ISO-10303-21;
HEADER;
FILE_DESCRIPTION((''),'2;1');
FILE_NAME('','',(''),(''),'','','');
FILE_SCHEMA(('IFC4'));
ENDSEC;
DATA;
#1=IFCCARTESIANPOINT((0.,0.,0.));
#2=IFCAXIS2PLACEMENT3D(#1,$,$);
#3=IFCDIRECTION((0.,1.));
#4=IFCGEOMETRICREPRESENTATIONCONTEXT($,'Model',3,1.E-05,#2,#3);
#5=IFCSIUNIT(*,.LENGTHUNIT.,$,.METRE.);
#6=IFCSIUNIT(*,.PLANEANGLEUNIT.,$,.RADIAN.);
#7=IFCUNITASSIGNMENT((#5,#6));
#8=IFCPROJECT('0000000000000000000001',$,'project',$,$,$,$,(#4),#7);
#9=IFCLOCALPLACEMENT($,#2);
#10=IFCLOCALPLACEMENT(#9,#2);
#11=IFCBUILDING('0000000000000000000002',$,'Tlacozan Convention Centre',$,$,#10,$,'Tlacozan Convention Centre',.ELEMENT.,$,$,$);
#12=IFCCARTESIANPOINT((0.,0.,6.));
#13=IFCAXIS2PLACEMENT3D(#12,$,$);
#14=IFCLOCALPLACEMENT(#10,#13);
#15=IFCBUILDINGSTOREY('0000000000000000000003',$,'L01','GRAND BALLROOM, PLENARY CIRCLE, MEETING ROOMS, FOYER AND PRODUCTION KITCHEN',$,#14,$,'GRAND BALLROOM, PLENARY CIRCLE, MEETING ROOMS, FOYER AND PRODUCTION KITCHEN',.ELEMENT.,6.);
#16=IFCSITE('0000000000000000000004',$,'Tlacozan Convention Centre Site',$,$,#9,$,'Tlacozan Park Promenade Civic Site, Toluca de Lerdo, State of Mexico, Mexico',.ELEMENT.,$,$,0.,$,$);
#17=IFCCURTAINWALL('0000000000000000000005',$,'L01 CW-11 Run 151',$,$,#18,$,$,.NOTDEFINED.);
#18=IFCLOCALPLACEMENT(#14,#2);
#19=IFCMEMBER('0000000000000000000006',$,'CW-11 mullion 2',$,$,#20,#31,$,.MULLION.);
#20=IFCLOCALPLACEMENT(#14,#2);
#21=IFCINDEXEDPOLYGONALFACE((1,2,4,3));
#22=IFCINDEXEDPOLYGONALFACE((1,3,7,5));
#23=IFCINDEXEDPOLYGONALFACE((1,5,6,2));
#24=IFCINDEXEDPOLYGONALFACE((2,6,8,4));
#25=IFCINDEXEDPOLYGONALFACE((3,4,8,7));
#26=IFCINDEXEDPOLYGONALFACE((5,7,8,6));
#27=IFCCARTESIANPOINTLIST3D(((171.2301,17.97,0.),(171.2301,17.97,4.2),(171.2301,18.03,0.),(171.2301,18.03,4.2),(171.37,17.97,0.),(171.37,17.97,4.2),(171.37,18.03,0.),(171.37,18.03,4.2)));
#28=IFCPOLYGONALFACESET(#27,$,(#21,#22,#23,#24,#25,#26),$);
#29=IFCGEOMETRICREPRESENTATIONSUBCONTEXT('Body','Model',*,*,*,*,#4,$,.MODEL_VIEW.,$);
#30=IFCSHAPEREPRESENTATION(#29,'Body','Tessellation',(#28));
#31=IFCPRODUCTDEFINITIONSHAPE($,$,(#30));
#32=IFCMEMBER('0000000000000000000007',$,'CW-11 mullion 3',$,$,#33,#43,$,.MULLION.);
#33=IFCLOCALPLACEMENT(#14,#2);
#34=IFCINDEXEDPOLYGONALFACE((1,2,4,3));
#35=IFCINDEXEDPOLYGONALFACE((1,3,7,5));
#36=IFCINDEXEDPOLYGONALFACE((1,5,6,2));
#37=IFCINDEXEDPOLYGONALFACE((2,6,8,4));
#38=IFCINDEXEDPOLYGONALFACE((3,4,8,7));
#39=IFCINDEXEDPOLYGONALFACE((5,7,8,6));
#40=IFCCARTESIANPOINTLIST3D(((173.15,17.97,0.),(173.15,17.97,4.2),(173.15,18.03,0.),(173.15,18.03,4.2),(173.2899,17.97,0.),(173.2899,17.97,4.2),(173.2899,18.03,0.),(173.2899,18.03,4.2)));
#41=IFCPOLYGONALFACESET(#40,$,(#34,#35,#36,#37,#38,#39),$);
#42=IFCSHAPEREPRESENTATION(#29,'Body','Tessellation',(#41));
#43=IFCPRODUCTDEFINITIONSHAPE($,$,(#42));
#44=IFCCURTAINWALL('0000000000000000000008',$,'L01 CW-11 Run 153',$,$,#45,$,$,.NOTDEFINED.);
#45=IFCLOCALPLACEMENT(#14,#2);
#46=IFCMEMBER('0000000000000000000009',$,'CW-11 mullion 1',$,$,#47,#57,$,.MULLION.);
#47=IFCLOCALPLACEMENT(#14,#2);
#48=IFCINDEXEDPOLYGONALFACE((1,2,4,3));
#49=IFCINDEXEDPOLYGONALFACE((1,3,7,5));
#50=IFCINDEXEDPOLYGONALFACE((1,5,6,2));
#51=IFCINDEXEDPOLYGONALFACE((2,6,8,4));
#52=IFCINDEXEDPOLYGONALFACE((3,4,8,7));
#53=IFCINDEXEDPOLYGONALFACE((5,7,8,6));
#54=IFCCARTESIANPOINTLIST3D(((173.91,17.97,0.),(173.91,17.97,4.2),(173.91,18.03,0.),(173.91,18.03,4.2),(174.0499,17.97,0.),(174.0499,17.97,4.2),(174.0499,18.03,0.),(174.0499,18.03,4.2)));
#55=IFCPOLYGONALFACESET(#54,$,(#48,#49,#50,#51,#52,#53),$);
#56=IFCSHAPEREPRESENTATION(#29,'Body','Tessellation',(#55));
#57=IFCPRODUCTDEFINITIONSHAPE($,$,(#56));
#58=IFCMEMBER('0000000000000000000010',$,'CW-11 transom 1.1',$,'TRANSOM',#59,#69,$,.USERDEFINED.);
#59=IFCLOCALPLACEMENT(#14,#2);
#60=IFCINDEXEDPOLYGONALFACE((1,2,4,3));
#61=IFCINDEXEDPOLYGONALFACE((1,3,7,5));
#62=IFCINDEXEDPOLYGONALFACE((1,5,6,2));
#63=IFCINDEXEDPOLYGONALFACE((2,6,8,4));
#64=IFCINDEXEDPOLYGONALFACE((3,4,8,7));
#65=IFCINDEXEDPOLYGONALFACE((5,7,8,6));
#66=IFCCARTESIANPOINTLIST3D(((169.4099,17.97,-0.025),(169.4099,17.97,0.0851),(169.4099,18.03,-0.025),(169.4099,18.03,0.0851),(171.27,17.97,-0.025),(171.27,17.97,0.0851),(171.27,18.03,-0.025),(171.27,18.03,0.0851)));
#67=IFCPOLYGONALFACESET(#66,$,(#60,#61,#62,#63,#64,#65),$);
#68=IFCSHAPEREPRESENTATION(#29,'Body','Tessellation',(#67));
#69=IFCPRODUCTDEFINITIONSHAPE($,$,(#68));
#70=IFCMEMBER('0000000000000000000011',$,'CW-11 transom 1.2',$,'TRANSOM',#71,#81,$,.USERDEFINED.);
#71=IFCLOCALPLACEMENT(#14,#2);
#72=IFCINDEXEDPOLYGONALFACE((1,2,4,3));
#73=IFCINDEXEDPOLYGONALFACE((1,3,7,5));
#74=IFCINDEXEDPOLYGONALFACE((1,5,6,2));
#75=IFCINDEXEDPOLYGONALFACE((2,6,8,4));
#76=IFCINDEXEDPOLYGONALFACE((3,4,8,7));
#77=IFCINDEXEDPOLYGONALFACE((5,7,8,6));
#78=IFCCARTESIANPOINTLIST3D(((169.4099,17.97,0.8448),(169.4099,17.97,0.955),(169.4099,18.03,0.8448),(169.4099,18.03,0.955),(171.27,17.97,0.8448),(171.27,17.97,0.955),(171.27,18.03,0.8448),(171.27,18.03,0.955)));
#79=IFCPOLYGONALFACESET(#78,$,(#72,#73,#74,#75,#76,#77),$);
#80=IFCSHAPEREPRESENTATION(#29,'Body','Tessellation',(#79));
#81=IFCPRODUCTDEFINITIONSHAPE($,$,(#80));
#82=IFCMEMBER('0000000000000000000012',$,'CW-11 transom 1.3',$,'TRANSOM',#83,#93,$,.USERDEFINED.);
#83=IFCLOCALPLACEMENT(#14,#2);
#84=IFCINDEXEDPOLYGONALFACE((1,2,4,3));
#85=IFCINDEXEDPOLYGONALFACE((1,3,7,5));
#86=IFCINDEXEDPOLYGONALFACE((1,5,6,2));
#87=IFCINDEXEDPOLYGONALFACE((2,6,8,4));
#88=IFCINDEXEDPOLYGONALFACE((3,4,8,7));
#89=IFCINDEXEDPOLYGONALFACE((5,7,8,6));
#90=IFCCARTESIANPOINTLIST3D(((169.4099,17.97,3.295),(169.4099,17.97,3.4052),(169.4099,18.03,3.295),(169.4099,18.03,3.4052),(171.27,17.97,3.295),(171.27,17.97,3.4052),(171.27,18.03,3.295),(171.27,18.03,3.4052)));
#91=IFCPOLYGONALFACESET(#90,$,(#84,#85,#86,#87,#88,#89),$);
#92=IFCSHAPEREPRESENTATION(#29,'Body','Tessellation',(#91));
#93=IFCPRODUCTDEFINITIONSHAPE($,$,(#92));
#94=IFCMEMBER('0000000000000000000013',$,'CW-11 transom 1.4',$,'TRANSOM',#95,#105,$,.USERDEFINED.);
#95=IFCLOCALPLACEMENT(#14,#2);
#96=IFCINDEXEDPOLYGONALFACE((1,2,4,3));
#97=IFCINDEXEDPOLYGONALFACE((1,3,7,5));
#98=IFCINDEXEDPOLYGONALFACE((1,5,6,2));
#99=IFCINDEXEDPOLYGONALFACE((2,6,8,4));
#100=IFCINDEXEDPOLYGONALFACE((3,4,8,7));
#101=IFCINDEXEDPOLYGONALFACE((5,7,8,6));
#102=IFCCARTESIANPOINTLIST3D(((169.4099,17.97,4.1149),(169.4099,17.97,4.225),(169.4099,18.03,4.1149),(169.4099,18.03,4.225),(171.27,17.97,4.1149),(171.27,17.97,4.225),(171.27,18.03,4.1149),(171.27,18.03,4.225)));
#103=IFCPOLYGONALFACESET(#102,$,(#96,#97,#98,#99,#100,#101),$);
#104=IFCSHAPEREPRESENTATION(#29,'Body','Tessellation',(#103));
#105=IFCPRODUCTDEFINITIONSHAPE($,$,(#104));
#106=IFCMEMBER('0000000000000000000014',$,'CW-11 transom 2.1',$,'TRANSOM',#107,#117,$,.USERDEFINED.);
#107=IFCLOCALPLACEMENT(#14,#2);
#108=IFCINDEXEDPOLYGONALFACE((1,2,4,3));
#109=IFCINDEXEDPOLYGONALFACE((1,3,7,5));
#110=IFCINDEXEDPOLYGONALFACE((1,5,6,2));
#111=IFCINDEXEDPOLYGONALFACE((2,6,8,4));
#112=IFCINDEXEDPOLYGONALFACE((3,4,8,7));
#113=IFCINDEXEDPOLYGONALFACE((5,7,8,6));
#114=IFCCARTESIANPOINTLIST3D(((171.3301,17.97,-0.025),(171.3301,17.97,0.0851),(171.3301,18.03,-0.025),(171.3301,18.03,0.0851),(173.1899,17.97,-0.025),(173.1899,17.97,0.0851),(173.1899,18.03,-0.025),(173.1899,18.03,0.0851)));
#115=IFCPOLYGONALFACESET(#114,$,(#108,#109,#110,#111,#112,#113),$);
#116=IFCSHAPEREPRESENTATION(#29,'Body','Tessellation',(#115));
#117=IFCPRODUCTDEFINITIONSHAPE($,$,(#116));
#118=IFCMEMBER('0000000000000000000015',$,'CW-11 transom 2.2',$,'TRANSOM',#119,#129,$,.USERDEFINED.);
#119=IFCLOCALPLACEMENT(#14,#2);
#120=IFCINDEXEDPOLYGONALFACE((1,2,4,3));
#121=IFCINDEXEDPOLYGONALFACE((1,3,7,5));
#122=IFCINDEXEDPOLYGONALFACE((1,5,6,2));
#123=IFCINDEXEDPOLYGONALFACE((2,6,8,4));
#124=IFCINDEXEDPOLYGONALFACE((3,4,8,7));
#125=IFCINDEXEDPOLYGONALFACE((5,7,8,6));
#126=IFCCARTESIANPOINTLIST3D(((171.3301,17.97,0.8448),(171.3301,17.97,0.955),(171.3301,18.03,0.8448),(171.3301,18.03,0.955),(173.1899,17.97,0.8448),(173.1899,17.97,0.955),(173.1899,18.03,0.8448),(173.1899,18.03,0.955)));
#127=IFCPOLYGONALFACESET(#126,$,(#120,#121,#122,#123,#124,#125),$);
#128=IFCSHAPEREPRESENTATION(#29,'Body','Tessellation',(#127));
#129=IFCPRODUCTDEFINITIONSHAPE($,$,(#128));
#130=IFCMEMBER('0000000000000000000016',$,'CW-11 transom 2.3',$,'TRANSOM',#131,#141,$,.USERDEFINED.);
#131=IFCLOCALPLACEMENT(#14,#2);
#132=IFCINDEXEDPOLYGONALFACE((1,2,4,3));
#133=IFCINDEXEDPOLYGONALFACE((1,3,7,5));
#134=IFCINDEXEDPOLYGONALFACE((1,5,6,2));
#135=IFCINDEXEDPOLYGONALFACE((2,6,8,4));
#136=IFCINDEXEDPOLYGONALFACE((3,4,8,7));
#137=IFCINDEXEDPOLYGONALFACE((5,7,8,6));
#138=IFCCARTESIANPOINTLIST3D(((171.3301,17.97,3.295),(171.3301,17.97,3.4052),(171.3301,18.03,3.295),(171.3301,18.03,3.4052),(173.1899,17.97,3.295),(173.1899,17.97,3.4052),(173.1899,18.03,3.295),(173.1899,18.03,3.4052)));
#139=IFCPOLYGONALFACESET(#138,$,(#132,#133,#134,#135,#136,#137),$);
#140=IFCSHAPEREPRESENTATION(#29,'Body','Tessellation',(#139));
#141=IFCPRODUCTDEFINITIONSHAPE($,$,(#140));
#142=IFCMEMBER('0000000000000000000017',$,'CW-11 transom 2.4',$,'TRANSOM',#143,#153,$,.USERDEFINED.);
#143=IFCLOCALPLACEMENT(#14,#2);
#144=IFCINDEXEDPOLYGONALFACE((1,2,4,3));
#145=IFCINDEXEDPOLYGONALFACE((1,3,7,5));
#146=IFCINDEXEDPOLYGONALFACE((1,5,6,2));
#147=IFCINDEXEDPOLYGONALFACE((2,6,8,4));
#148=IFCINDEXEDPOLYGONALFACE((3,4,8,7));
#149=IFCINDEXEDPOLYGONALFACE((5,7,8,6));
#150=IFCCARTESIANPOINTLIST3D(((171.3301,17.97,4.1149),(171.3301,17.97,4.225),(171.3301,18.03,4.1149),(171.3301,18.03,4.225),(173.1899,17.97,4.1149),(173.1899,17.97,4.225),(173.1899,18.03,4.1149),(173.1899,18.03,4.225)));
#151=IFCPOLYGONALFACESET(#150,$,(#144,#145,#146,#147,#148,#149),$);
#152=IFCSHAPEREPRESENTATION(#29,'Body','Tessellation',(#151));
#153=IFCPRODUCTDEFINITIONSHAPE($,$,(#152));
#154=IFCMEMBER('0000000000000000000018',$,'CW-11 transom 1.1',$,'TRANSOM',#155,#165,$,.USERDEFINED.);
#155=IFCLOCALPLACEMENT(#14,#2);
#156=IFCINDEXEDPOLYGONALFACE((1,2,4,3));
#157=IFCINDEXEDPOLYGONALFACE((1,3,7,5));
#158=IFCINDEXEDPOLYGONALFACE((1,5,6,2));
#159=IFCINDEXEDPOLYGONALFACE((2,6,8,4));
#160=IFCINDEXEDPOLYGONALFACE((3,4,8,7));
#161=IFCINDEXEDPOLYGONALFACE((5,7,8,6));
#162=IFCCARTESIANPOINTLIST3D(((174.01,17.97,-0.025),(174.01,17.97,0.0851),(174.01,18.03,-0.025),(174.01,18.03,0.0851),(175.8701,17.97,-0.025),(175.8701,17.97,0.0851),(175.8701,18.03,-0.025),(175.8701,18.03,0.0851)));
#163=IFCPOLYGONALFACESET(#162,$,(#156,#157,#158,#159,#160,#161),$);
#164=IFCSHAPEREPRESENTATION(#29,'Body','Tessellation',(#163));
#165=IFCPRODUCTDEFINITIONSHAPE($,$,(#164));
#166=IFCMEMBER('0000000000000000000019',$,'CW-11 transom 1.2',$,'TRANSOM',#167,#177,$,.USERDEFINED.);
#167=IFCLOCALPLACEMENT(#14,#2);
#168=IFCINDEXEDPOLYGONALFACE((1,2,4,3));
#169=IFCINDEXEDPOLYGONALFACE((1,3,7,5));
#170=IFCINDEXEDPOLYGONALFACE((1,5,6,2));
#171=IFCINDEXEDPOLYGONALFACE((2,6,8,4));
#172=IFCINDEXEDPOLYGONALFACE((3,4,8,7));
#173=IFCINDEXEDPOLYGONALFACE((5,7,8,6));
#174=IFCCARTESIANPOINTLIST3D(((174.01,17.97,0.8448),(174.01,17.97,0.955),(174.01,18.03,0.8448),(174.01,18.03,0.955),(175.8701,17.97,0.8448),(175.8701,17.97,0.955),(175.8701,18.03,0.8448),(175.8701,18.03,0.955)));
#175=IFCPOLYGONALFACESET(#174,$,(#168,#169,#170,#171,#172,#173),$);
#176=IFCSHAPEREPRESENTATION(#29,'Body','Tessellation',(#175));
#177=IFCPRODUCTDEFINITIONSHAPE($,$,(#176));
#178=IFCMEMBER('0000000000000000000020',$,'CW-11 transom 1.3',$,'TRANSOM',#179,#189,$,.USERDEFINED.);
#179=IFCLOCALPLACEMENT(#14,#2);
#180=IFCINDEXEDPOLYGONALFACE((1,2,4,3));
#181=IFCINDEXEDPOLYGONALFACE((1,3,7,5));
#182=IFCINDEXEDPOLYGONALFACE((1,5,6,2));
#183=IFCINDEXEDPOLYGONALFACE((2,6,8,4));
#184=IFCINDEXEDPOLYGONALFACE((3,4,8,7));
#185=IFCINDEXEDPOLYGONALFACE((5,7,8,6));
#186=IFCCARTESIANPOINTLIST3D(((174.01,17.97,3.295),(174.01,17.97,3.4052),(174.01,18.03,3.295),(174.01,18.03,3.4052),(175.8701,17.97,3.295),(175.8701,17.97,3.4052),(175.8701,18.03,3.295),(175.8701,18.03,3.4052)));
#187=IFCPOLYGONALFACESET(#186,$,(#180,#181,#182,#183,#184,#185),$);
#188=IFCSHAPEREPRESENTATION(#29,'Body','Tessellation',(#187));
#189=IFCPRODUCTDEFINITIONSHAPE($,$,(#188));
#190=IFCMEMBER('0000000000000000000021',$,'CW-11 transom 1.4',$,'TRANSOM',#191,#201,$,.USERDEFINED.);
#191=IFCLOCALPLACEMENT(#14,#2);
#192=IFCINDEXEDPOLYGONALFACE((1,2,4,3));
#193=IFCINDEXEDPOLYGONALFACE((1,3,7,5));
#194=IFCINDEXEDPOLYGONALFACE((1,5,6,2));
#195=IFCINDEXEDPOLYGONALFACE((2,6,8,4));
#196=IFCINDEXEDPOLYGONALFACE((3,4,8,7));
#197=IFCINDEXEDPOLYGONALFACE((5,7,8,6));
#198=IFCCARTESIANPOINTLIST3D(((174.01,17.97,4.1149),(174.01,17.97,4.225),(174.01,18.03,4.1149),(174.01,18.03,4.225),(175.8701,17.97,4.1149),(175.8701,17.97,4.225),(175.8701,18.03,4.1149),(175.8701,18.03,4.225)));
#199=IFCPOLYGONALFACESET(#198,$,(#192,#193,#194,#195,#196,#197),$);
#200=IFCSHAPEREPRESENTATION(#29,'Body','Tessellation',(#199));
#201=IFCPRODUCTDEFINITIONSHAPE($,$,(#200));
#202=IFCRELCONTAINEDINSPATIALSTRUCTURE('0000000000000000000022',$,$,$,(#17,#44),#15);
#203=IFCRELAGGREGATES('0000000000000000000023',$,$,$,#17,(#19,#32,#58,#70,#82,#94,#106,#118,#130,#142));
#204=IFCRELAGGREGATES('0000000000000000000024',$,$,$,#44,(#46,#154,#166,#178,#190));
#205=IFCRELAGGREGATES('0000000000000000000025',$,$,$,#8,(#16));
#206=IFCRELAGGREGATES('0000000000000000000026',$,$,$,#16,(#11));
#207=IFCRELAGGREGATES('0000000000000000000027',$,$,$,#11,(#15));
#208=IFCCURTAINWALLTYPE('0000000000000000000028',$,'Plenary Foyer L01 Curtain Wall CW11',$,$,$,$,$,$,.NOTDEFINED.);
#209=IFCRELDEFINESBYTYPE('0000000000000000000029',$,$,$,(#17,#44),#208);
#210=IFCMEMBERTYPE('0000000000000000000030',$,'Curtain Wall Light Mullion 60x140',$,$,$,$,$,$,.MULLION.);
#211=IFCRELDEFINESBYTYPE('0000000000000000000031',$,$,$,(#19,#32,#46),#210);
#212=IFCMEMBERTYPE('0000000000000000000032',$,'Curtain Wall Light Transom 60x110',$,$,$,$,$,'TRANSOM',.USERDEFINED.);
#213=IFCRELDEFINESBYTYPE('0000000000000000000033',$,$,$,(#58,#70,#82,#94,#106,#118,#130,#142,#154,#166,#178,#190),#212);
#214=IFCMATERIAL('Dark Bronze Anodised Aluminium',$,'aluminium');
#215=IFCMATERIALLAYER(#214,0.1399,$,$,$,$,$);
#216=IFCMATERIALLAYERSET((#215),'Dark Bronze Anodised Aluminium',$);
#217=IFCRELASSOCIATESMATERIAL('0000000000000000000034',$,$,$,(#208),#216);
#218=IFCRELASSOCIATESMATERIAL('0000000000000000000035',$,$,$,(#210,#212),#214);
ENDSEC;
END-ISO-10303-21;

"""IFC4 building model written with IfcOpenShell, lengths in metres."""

from ifc_helpers import new_model, si_unit, direction, frame, origin, origin_2d, place, context, subcontext, project, spatial, rectangle, extrude, material, layer, layer_set, material_profile, profile_set, type_object, element, aggregate, save


model = new_model("IFC4")

# Units and contexts
model_context = context("Model", 3, precision=1e-05, world=origin(), true_north=direction((0.0, 1.0)))
body_context = subcontext(model_context, "Body", "Model", "MODEL_VIEW")
ifc_project = project(units=[si_unit("LENGTHUNIT", "METRE"), si_unit("PLANEANGLEUNIT", "RADIAN")], contexts=[model_context])

# Site, building, storey
site_placement = place(None, origin())
site = spatial("IfcSite", under=ifc_project, at=site_placement, Name="Tlacozan Convention Centre Site", LongName="Tlacozan Park Promenade Civic Site, Toluca de Lerdo, State of Mexico, Mexico", CompositionType="ELEMENT", RefElevation=0.0)
building_placement = place(site_placement, origin())
building = spatial("IfcBuilding", under=site, at=building_placement, Name="Tlacozan Convention Centre", LongName="Tlacozan Convention Centre", CompositionType="ELEMENT")
storey_placement = place(building_placement, frame((0.0, 0.0, 6.0)))
storey = spatial("IfcBuildingStorey", under=building, at=storey_placement, Name="L01", Description="GRAND BALLROOM, PLENARY CIRCLE, MEETING ROOMS, FOYER AND PRODUCTION KITCHEN", LongName="GRAND BALLROOM, PLENARY CIRCLE, MEETING ROOMS, FOYER AND PRODUCTION KITCHEN", CompositionType="ELEMENT", Elevation=6.0)

# Curtain wall, members
ifc_material_1 = material(Name="Dark Bronze Anodised Aluminium", Category="aluminium")
ifc_layer_1 = layer(ifc_material_1, 0.1399)
ifc_layer_set_1 = layer_set([ifc_layer_1], Name="Dark Bronze Anodised Aluminium")
curtain_wall_type = type_object("IfcCurtainWallType", Name="Plenary Foyer L01 Curtain Wall CW11", PredefinedType="NOTDEFINED", material=ifc_layer_set_1)
curtain_wall_1_placement = place(storey_placement, origin())
curtain_wall_1 = element("IfcCurtainWall", 1, at=curtain_wall_1_placement, inside=storey, type_object=curtain_wall_type, Name="L01 CW-11 Run 151", PredefinedType="NOTDEFINED")
ifc_material_profile_1 = material_profile(ifc_material_1, rectangle(XDim=0.0601, YDim=0.1399, at=origin_2d()), Name="ALU 60x140")
ifc_profile_set_1 = profile_set([ifc_material_profile_1], Name="Dark Bronze Anodised Aluminium")
member_type_1 = type_object("IfcMemberType", Name="Curtain Wall Light Mullion 60x140", PredefinedType="MULLION", material=ifc_profile_set_1)
member_1_placement = place(storey_placement, frame((171.3, 18.0, 0.0), z_axis=(0.0, 0.0, 1.0), x_axis=(0.0, 1.0, 0.0)))
member_1 = element("IfcMember", 2, at=member_1_placement, type_object=member_type_1, Name="CW-11 mullion 2", PredefinedType="MULLION", context=body_context, shape_type="SweptSolid", body=[
    extrude(rectangle(XDim=0.0601, YDim=0.1399, at=origin_2d()), origin(), (0.0, 0.0, 1.0), 4.2),
])
member_2_placement = place(storey_placement, frame((173.22, 18.0, 0.0), z_axis=(0.0, 0.0, 1.0), x_axis=(0.0, 1.0, 0.0)))
member_2 = element("IfcMember", 3, at=member_2_placement, type_object=member_type_1, Name="CW-11 mullion 3", PredefinedType="MULLION", context=body_context, shape_type="SweptSolid", body=[
    extrude(rectangle(XDim=0.0601, YDim=0.1399, at=origin_2d()), origin(), (0.0, 0.0, 1.0), 4.2),
])

# Curtain wall, member
curtain_wall_2_placement = place(storey_placement, origin())
curtain_wall_2 = element("IfcCurtainWall", 4, at=curtain_wall_2_placement, inside=storey, type_object=curtain_wall_type, Name="L01 CW-11 Run 153", PredefinedType="NOTDEFINED")
member_3_placement = place(storey_placement, frame((173.98, 18.0, 0.0), z_axis=(0.0, 0.0, 1.0), x_axis=(0.0, 1.0, 0.0)))
member_3 = element("IfcMember", 5, at=member_3_placement, type_object=member_type_1, Name="CW-11 mullion 1", PredefinedType="MULLION", context=body_context, shape_type="SweptSolid", body=[
    extrude(rectangle(XDim=0.0601, YDim=0.1399, at=origin_2d()), origin(), (0.0, 0.0, 1.0), 4.2),
])

# Members
ifc_material_profile_2 = material_profile(ifc_material_1, rectangle(XDim=0.0601, YDim=0.1101, at=origin_2d()), Name="ALU 60x110")
ifc_profile_set_2 = profile_set([ifc_material_profile_2], Name="Dark Bronze Anodised Aluminium")
member_type_2 = type_object("IfcMemberType", Name="Curtain Wall Light Transom 60x110", ElementType="TRANSOM", PredefinedType="USERDEFINED", material=ifc_profile_set_2)
member_4_placement = place(storey_placement, frame((169.4099, 18.0, 0.03), z_axis=(1.0, 0.0, 0.0), x_axis=(0.0, 1.0, 0.0)))
member_4 = element("IfcMember", 6, at=member_4_placement, type_object=member_type_2, Name="CW-11 transom 1.1", ObjectType="TRANSOM", PredefinedType="USERDEFINED", context=body_context, shape_type="SweptSolid", body=[
    extrude(rectangle(XDim=0.0601, YDim=0.1101, at=origin_2d()), origin(), (0.0, 0.0, 1.0), 1.8601),
])
member_5_placement = place(storey_placement, frame((169.4099, 18.0, 0.8999), z_axis=(1.0, 0.0, 0.0), x_axis=(0.0, 1.0, 0.0)))
member_5 = element("IfcMember", 7, at=member_5_placement, type_object=member_type_2, Name="CW-11 transom 1.2", ObjectType="TRANSOM", PredefinedType="USERDEFINED", context=body_context, shape_type="SweptSolid", body=[
    extrude(rectangle(XDim=0.0601, YDim=0.1101, at=origin_2d()), origin(), (0.0, 0.0, 1.0), 1.8601),
])
member_6_placement = place(storey_placement, frame((169.4099, 18.0, 3.3501), z_axis=(1.0, 0.0, 0.0), x_axis=(0.0, 1.0, 0.0)))
member_6 = element("IfcMember", 8, at=member_6_placement, type_object=member_type_2, Name="CW-11 transom 1.3", ObjectType="TRANSOM", PredefinedType="USERDEFINED", context=body_context, shape_type="SweptSolid", body=[
    extrude(rectangle(XDim=0.0601, YDim=0.1101, at=origin_2d()), origin(), (0.0, 0.0, 1.0), 1.8601),
])
member_7_placement = place(storey_placement, frame((169.4099, 18.0, 4.1699), z_axis=(1.0, 0.0, 0.0), x_axis=(0.0, 1.0, 0.0)))
member_7 = element("IfcMember", 9, at=member_7_placement, type_object=member_type_2, Name="CW-11 transom 1.4", ObjectType="TRANSOM", PredefinedType="USERDEFINED", context=body_context, shape_type="SweptSolid", body=[
    extrude(rectangle(XDim=0.0601, YDim=0.1101, at=origin_2d()), origin(), (0.0, 0.0, 1.0), 1.8601),
])
member_8_placement = place(storey_placement, frame((171.3301, 18.0, 0.03), z_axis=(1.0, 0.0, 0.0), x_axis=(0.0, 1.0, 0.0)))
member_8 = element("IfcMember", 10, at=member_8_placement, type_object=member_type_2, Name="CW-11 transom 2.1", ObjectType="TRANSOM", PredefinedType="USERDEFINED", context=body_context, shape_type="SweptSolid", body=[
    extrude(rectangle(XDim=0.0601, YDim=0.1101, at=origin_2d()), origin(), (0.0, 0.0, 1.0), 1.8599),
])
member_9_placement = place(storey_placement, frame((171.3301, 18.0, 0.8999), z_axis=(1.0, 0.0, 0.0), x_axis=(0.0, 1.0, 0.0)))
member_9 = element("IfcMember", 11, at=member_9_placement, type_object=member_type_2, Name="CW-11 transom 2.2", ObjectType="TRANSOM", PredefinedType="USERDEFINED", context=body_context, shape_type="SweptSolid", body=[
    extrude(rectangle(XDim=0.0601, YDim=0.1101, at=origin_2d()), origin(), (0.0, 0.0, 1.0), 1.8599),
])
member_10_placement = place(storey_placement, frame((171.3301, 18.0, 3.3501), z_axis=(1.0, 0.0, 0.0), x_axis=(0.0, 1.0, 0.0)))
member_10 = element("IfcMember", 12, at=member_10_placement, type_object=member_type_2, Name="CW-11 transom 2.3", ObjectType="TRANSOM", PredefinedType="USERDEFINED", context=body_context, shape_type="SweptSolid", body=[
    extrude(rectangle(XDim=0.0601, YDim=0.1101, at=origin_2d()), origin(), (0.0, 0.0, 1.0), 1.8599),
])
member_11_placement = place(storey_placement, frame((171.3301, 18.0, 4.1699), z_axis=(1.0, 0.0, 0.0), x_axis=(0.0, 1.0, 0.0)))
member_11 = element("IfcMember", 13, at=member_11_placement, type_object=member_type_2, Name="CW-11 transom 2.4", ObjectType="TRANSOM", PredefinedType="USERDEFINED", context=body_context, shape_type="SweptSolid", body=[
    extrude(rectangle(XDim=0.0601, YDim=0.1101, at=origin_2d()), origin(), (0.0, 0.0, 1.0), 1.8599),
])
member_12_placement = place(storey_placement, frame((174.01, 18.0, 0.03), z_axis=(1.0, 0.0, 0.0), x_axis=(0.0, 1.0, 0.0)))
member_12 = element("IfcMember", 14, at=member_12_placement, type_object=member_type_2, Name="CW-11 transom 1.1", ObjectType="TRANSOM", PredefinedType="USERDEFINED", context=body_context, shape_type="SweptSolid", body=[
    extrude(rectangle(XDim=0.0601, YDim=0.1101, at=origin_2d()), origin(), (0.0, 0.0, 1.0), 1.8601),
])
member_13_placement = place(storey_placement, frame((174.01, 18.0, 0.8999), z_axis=(1.0, 0.0, 0.0), x_axis=(0.0, 1.0, 0.0)))
member_13 = element("IfcMember", 15, at=member_13_placement, type_object=member_type_2, Name="CW-11 transom 1.2", ObjectType="TRANSOM", PredefinedType="USERDEFINED", context=body_context, shape_type="SweptSolid", body=[
    extrude(rectangle(XDim=0.0601, YDim=0.1101, at=origin_2d()), origin(), (0.0, 0.0, 1.0), 1.8601),
])
member_14_placement = place(storey_placement, frame((174.01, 18.0, 3.3501), z_axis=(1.0, 0.0, 0.0), x_axis=(0.0, 1.0, 0.0)))
member_14 = element("IfcMember", 16, at=member_14_placement, type_object=member_type_2, Name="CW-11 transom 1.3", ObjectType="TRANSOM", PredefinedType="USERDEFINED", context=body_context, shape_type="SweptSolid", body=[
    extrude(rectangle(XDim=0.0601, YDim=0.1101, at=origin_2d()), origin(), (0.0, 0.0, 1.0), 1.8601),
])
member_15_placement = place(storey_placement, frame((174.01, 18.0, 4.1699), z_axis=(1.0, 0.0, 0.0), x_axis=(0.0, 1.0, 0.0)))
member_15 = element("IfcMember", 17, at=member_15_placement, type_object=member_type_2, Name="CW-11 transom 1.4", ObjectType="TRANSOM", PredefinedType="USERDEFINED", context=body_context, shape_type="SweptSolid", body=[
    extrude(rectangle(XDim=0.0601, YDim=0.1101, at=origin_2d()), origin(), (0.0, 0.0, 1.0), 1.8601),
])

aggregate(curtain_wall_1, [member_1, member_2, member_4, member_5, member_6, member_7, member_8, member_9, member_10, member_11])
aggregate(curtain_wall_2, [member_3, member_12, member_13, member_14, member_15])

save(model, "model.ifc")
